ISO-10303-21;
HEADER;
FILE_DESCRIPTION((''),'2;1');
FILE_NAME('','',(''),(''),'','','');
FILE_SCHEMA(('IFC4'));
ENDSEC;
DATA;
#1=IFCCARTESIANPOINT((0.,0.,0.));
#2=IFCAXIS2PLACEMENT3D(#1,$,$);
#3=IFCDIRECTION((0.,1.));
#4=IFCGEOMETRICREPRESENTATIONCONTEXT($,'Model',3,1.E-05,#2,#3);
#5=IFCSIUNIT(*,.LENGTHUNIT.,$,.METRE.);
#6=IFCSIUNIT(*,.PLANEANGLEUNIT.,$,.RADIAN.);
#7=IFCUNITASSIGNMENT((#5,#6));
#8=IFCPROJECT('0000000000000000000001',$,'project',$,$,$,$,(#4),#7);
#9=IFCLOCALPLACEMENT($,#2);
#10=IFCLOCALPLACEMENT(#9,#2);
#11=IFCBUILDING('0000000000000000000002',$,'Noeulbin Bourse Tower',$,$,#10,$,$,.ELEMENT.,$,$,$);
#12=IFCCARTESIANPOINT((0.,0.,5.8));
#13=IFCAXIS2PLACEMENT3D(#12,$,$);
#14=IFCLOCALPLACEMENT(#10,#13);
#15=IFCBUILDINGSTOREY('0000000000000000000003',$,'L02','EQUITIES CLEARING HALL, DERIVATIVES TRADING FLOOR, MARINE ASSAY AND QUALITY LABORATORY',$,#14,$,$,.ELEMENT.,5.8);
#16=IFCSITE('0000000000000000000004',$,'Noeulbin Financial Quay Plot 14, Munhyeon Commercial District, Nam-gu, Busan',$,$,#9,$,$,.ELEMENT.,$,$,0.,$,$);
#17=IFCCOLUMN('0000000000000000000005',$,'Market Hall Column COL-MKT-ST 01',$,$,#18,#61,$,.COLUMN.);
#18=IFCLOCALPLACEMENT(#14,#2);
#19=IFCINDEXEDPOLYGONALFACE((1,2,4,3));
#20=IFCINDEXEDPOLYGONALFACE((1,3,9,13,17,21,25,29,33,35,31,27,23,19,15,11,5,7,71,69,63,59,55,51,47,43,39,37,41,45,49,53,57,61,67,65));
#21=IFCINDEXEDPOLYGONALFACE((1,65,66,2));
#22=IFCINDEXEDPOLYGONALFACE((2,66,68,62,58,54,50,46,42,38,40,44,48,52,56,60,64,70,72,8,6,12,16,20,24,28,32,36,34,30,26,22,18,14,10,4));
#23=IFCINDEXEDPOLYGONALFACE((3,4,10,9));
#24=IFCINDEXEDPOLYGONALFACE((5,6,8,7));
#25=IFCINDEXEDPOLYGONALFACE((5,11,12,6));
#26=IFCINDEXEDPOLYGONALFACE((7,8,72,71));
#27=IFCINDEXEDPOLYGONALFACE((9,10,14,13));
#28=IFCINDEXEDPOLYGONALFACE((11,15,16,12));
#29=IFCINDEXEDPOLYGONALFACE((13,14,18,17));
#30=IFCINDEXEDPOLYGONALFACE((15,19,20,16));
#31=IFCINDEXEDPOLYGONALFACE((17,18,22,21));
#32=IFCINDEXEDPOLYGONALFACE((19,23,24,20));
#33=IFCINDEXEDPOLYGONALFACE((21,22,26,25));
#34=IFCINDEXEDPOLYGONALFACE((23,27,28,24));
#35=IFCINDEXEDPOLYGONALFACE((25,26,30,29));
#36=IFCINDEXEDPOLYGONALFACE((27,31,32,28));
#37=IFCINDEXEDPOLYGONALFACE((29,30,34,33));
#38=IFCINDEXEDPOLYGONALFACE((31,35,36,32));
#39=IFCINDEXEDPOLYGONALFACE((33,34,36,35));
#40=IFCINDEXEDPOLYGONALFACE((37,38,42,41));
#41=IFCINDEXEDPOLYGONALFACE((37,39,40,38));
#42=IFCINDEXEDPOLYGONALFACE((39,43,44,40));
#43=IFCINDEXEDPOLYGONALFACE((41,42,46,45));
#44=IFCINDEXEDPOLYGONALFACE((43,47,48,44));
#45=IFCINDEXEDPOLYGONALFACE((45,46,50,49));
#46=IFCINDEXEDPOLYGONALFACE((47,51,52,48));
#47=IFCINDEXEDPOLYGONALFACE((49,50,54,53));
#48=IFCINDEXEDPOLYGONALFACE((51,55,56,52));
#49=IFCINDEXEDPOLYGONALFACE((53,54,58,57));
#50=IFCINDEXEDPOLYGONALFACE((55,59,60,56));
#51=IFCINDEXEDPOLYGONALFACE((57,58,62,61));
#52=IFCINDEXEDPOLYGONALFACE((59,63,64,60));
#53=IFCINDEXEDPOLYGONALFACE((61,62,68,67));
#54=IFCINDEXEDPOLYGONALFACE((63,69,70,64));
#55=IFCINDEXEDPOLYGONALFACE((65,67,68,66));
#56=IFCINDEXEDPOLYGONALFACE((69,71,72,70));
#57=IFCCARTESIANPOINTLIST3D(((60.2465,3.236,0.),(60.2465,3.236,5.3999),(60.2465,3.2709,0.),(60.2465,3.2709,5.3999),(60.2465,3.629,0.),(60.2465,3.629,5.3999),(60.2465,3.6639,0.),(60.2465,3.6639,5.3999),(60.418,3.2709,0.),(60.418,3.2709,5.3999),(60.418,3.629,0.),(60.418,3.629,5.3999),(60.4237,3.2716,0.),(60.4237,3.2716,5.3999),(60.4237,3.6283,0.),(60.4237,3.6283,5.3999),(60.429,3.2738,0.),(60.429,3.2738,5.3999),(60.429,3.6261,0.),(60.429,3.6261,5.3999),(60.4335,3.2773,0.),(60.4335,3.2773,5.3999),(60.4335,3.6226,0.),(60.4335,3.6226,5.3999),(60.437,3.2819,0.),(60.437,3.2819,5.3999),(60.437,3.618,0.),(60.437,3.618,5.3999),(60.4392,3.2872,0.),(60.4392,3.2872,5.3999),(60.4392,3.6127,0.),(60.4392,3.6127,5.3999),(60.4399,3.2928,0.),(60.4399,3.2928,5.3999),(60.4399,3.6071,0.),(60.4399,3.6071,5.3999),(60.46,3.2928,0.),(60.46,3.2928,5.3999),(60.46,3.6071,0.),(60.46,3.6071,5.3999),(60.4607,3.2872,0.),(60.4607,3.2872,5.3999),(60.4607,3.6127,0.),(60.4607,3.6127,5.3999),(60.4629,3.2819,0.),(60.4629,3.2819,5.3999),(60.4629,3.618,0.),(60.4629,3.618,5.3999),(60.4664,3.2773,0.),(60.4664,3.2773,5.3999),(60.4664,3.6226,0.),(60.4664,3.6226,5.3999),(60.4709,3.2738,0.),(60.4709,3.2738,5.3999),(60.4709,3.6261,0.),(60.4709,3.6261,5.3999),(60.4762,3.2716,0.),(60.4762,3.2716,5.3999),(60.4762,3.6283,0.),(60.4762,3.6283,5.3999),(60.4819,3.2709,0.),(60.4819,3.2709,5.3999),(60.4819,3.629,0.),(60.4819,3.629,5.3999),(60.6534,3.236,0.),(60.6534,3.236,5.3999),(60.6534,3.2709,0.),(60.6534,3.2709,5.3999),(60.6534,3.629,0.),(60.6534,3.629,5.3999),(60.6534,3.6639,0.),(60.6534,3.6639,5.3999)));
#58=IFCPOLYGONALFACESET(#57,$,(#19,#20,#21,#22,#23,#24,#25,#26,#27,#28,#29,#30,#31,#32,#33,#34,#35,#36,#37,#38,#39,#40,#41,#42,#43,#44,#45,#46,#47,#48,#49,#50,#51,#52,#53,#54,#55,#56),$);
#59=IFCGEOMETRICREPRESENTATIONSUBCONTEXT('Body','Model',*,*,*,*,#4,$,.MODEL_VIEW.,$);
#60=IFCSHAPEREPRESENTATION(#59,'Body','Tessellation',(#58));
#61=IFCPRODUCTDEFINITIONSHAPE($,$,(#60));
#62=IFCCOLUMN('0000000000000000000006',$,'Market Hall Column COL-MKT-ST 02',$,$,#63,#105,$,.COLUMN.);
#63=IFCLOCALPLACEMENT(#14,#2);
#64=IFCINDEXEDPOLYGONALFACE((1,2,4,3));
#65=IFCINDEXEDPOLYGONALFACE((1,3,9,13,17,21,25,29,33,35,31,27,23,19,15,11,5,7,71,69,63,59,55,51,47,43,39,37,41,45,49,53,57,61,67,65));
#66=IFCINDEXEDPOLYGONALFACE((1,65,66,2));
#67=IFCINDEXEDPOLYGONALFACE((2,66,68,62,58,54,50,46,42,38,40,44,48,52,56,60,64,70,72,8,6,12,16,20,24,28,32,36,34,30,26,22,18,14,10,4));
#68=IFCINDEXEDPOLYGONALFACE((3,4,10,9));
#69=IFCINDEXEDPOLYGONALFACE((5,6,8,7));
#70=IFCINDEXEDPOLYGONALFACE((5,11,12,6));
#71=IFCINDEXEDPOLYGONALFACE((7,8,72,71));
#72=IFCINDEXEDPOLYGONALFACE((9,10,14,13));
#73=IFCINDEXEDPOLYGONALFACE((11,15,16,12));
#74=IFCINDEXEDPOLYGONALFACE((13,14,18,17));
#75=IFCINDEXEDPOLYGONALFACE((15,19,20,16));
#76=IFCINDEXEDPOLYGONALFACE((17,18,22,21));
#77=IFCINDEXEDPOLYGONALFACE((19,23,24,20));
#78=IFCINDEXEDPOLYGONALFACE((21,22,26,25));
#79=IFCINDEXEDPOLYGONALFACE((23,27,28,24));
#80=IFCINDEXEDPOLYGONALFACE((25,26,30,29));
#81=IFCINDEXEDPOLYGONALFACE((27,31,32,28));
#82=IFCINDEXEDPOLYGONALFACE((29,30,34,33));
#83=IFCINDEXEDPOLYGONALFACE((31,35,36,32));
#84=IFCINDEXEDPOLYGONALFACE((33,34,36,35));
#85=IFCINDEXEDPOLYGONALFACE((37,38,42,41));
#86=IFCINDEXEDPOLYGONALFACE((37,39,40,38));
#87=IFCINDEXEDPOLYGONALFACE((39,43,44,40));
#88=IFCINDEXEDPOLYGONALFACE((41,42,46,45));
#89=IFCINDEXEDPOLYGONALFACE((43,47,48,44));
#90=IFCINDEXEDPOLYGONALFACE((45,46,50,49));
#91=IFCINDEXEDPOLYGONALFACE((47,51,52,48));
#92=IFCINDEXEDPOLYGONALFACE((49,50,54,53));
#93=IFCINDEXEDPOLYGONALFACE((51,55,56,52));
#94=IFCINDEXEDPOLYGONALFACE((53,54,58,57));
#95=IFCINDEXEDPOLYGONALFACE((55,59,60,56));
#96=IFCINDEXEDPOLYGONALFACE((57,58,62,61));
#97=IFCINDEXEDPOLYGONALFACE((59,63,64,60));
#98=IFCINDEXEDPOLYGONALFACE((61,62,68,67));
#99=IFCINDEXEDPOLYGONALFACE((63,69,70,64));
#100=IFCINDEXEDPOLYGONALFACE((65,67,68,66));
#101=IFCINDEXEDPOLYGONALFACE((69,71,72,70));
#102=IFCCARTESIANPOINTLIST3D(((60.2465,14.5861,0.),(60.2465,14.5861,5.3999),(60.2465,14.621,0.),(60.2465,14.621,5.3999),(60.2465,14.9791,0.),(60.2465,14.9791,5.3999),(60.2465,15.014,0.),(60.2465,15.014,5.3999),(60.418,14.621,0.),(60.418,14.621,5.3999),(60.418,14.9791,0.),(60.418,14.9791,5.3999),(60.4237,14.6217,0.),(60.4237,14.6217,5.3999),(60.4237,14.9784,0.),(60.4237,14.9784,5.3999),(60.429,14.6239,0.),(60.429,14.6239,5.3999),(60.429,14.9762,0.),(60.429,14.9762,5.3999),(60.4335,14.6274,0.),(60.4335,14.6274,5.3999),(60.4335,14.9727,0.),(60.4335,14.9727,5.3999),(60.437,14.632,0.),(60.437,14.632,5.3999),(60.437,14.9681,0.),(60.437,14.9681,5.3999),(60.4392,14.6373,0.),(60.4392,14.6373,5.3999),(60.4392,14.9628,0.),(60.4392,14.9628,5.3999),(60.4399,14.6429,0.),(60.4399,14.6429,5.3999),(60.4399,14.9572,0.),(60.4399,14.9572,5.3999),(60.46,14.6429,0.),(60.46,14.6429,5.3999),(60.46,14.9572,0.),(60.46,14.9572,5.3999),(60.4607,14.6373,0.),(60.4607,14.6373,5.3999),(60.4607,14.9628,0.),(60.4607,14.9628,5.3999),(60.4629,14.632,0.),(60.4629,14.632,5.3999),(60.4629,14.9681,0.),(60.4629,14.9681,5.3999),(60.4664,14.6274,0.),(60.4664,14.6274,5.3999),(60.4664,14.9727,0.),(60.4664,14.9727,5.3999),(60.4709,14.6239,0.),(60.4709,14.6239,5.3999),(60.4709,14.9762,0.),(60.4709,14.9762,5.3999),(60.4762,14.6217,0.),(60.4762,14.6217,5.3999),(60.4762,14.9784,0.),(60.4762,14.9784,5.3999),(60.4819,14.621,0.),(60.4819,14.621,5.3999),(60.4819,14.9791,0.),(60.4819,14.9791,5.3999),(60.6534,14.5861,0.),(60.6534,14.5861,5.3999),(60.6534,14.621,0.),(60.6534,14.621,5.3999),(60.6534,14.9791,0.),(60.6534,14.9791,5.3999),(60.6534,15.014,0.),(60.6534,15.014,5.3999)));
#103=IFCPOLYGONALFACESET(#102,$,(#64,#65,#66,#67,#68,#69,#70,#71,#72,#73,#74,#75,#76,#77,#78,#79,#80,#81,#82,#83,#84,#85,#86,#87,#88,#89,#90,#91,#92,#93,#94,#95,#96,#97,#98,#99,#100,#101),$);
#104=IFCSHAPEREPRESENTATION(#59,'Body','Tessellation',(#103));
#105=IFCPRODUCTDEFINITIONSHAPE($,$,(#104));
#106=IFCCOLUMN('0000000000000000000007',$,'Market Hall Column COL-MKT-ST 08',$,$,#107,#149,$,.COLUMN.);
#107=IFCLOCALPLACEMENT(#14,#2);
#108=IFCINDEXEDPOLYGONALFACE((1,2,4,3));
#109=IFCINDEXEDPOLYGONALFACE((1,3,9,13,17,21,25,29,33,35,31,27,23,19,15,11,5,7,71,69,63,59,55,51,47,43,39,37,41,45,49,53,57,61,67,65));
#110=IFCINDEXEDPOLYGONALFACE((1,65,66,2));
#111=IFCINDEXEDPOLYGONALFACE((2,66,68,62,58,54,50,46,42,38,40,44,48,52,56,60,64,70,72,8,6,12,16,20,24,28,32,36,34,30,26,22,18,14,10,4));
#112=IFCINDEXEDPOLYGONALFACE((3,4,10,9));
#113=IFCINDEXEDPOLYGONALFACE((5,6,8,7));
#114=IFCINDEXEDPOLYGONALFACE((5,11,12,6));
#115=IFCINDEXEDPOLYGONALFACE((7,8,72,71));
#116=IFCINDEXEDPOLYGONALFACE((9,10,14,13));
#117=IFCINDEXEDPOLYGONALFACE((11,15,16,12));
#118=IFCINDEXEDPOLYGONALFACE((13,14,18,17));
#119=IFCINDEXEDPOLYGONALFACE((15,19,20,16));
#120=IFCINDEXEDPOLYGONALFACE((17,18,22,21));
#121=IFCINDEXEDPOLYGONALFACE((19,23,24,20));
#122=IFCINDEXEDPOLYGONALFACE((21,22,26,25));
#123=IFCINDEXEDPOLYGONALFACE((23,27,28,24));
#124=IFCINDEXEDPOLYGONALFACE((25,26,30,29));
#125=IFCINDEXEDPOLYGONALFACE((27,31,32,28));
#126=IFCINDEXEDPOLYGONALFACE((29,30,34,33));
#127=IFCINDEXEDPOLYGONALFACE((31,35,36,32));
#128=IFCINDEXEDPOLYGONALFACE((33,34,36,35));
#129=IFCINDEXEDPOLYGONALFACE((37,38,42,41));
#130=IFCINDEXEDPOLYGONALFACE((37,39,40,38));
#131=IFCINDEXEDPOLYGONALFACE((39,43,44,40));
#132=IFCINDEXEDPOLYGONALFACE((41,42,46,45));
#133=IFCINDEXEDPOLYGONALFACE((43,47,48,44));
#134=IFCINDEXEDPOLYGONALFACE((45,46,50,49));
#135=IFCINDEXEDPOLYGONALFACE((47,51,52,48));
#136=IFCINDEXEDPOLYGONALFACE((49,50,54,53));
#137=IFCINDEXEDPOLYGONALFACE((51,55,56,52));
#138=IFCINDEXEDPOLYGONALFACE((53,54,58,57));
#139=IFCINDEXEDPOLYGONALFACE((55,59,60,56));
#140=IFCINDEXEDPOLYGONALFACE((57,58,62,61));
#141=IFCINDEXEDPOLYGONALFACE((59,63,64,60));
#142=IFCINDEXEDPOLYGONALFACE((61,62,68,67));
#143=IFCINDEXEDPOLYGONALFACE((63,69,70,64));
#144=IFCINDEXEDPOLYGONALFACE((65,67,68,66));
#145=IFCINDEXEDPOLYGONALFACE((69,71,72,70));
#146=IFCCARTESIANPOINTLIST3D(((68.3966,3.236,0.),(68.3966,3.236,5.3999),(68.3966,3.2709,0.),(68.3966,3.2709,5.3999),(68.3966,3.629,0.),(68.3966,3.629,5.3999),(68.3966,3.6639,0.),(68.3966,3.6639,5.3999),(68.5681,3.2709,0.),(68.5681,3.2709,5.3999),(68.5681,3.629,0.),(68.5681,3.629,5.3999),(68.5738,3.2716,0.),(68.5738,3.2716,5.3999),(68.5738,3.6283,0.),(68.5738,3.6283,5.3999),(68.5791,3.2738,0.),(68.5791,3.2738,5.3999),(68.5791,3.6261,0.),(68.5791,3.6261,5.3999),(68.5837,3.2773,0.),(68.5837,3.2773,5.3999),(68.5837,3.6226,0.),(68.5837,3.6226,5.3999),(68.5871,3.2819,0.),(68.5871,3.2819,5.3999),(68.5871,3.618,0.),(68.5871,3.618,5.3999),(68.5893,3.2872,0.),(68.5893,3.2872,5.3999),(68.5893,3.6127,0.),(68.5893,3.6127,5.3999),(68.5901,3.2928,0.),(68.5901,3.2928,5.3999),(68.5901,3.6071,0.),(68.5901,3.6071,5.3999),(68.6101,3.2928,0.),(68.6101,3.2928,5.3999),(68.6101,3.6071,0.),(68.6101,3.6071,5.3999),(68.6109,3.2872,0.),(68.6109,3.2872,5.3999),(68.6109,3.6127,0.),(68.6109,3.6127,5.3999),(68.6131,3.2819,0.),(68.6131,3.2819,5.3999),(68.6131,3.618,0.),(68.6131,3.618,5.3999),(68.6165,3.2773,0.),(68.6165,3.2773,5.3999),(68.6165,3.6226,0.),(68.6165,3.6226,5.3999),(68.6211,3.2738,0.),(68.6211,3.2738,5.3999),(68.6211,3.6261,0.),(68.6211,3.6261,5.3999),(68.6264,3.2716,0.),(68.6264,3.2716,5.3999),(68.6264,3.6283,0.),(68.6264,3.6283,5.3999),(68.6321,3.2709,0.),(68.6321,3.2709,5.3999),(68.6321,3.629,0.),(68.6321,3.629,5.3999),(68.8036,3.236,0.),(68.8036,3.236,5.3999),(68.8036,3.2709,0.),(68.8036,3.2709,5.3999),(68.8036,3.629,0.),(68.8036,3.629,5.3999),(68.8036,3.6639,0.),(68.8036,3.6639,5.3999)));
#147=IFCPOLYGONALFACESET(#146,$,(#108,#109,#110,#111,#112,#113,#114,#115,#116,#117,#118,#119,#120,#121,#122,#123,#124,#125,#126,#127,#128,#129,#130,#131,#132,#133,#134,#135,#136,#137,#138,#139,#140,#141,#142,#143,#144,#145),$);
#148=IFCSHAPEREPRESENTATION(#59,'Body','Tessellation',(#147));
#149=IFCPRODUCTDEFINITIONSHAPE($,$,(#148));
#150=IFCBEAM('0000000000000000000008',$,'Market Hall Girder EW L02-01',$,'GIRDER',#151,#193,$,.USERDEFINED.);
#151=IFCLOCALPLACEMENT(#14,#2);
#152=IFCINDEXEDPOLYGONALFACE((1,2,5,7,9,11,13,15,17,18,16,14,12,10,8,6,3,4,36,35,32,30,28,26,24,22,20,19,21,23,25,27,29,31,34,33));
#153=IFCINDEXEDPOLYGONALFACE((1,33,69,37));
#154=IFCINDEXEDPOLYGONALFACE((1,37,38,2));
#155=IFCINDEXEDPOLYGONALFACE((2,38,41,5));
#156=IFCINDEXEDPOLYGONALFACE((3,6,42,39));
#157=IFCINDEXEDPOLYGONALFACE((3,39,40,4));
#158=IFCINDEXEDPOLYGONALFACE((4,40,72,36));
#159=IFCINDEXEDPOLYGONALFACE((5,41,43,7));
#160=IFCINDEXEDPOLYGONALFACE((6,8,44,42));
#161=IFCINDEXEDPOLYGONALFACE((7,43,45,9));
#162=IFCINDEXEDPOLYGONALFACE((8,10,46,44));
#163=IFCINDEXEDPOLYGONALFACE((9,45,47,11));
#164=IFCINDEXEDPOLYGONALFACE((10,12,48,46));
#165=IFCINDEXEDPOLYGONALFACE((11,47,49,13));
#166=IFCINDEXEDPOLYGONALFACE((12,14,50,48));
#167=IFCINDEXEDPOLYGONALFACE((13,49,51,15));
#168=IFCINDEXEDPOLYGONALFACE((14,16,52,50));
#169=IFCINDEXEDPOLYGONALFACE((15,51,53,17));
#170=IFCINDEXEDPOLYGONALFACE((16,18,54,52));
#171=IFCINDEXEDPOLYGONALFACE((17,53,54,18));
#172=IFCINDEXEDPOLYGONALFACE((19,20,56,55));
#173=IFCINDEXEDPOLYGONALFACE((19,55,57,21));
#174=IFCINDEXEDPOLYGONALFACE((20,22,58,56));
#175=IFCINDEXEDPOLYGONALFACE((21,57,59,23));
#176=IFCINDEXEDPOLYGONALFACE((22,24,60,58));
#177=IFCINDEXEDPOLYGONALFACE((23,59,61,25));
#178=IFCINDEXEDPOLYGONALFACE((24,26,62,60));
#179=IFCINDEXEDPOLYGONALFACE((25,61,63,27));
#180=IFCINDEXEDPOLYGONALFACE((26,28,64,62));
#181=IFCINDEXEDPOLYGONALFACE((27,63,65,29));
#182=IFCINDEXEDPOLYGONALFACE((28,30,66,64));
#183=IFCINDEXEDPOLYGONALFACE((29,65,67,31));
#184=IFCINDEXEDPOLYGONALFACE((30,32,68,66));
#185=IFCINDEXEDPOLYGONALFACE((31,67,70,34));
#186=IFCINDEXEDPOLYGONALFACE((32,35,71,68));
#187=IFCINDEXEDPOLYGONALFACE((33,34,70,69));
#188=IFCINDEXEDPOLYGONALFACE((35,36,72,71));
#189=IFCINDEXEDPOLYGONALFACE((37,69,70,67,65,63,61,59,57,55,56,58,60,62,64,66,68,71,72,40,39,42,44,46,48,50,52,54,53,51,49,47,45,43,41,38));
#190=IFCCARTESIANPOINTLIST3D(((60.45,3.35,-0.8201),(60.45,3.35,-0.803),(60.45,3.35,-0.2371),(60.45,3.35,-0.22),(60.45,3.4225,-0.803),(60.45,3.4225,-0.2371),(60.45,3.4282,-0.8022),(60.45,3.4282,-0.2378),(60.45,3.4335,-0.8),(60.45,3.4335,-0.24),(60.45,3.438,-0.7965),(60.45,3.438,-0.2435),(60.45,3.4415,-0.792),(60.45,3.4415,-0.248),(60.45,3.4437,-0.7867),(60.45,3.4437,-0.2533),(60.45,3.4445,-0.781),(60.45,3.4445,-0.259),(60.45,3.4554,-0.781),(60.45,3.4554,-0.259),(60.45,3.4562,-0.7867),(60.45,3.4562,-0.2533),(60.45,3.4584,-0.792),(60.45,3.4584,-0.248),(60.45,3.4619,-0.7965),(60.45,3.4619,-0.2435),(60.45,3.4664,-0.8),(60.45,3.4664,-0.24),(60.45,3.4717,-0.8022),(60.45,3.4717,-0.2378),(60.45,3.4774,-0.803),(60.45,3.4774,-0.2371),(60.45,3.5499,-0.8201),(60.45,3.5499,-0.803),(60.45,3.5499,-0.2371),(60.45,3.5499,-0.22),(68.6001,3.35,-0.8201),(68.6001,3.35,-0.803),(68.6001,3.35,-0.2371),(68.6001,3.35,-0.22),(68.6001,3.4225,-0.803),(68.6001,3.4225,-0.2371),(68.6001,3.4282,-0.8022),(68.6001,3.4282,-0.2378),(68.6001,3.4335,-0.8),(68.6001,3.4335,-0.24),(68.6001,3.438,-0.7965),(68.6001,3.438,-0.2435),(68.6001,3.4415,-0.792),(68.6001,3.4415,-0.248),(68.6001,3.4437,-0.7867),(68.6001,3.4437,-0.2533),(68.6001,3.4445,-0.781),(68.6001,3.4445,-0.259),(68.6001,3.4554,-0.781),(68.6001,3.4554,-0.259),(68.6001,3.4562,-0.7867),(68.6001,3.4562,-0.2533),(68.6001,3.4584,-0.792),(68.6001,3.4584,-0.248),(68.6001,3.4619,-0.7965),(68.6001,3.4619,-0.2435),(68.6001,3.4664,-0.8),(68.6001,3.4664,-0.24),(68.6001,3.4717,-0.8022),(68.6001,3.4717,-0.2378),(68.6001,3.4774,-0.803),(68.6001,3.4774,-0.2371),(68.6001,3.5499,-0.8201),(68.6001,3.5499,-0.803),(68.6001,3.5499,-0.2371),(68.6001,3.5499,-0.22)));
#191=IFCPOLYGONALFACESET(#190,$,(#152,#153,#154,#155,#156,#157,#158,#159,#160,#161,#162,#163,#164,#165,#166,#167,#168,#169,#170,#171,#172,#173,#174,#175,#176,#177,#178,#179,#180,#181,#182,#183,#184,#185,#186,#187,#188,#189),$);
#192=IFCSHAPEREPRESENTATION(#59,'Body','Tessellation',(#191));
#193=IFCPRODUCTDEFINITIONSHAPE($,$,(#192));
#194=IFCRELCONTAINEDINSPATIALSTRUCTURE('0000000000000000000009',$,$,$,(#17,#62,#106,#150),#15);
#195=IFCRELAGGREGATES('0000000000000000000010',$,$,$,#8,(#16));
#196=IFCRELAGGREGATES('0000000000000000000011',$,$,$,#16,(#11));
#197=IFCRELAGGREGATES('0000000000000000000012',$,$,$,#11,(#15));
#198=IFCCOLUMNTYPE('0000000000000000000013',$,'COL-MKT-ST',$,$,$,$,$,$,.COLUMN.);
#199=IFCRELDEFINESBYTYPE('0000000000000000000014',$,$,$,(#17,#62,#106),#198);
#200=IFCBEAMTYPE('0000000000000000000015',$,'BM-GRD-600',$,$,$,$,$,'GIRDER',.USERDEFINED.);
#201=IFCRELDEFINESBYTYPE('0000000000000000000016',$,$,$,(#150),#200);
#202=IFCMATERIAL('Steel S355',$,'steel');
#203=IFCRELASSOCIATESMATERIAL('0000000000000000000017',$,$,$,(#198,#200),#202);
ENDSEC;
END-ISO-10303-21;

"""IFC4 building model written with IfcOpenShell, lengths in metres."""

from ifc_helpers import new_model, si_unit, direction, frame, origin, origin_2d, place, context, subcontext, project, spatial, i_section, extrude, material, material_profile, profile_set, type_object, element, save


model = new_model("IFC4")

# Units and contexts
model_context = context("Model", 3, precision=1e-05, world=origin(), true_north=direction((0.0, 1.0)))
body_context = subcontext(model_context, "Body", "Model", "MODEL_VIEW")
ifc_project = project(units=[si_unit("LENGTHUNIT", "METRE"), si_unit("PLANEANGLEUNIT", "RADIAN")], contexts=[model_context])

# Site, building, storey
site_placement = place(None, origin())
site = spatial("IfcSite", under=ifc_project, at=site_placement, Name="Noeulbin Financial Quay Plot 14, Munhyeon Commercial District, Nam-gu, Busan", CompositionType="ELEMENT", RefElevation=0.0)
building_placement = place(site_placement, origin())
building = spatial("IfcBuilding", under=site, at=building_placement, Name="Noeulbin Bourse Tower", CompositionType="ELEMENT")
storey_placement = place(building_placement, frame((0.0, 0.0, 5.8)))
storey = spatial("IfcBuildingStorey", under=building, at=storey_placement, Name="L02", Description="EQUITIES CLEARING HALL, DERIVATIVES TRADING FLOOR, MARINE ASSAY AND QUALITY LABORATORY", CompositionType="ELEMENT", Elevation=5.8)

# Columns
ifc_material_1 = material(Name="Steel S355", Category="steel")
ifc_material_profile_1 = material_profile(ifc_material_1, i_section(OverallWidth=0.407, OverallDepth=0.428, WebThickness=0.02, FlangeThickness=0.0349, FilletRadius=0.022, at=origin_2d()), Name="H-428x407x20x35", Category="LoadBearing")
ifc_profile_set_1 = profile_set([ifc_material_profile_1], Name="Steel S355")
column_type = type_object("IfcColumnType", Name="COL-MKT-ST", PredefinedType="COLUMN", material=ifc_profile_set_1)
for number, where, z_axis, x_axis, name in (
    (1, (60.45, 3.45, 0.0), (0.0, 0.0, 1.0), (1.0, 0.0, 0.0), "Market Hall Column COL-MKT-ST 01"),
    (2, (60.45, 14.8, 0.0), (0.0, 0.0, 1.0), (1.0, 0.0, 0.0), "Market Hall Column COL-MKT-ST 02"),
    (3, (68.6001, 3.45, 0.0), (0.0, 0.0, 1.0), (1.0, 0.0, 0.0), "Market Hall Column COL-MKT-ST 08"),
):
    element("IfcColumn", number, at=place(storey_placement, frame(where, z_axis=z_axis, x_axis=x_axis)), inside=storey, type_object=column_type, Name=name, PredefinedType="COLUMN", context=body_context, shape_type="SweptSolid", body=[
        extrude(i_section(OverallWidth=0.407, OverallDepth=0.428, WebThickness=0.02, FlangeThickness=0.0349, FilletRadius=0.022, at=origin_2d()), origin(), (0.0, 0.0, 1.0), 5.3999),
    ])

# Beam
ifc_material_profile_2 = material_profile(ifc_material_1, i_section(OverallWidth=0.2, OverallDepth=0.6001, WebThickness=0.011, FlangeThickness=0.0171, FilletRadius=0.022, at=origin_2d()), Name="H-600x200x11x17", Category="LoadBearing")
ifc_profile_set_2 = profile_set([ifc_material_profile_2], Name="Steel S355")
beam_type_1 = type_object("IfcBeamType", Name="BM-GRD-600", ElementType="GIRDER", PredefinedType="USERDEFINED", material=ifc_profile_set_2)
beam_1_placement = place(storey_placement, frame((60.45, 3.45, -0.52), z_axis=(1.0, 0.0, 0.0), x_axis=(0.0, 1.0, 0.0)))
element("IfcBeam", 4, at=beam_1_placement, inside=storey, type_object=beam_type_1, Name="Market Hall Girder EW L02-01", ObjectType="GIRDER", PredefinedType="USERDEFINED", context=body_context, shape_type="SweptSolid", body=[
    extrude(i_section(OverallWidth=0.2, OverallDepth=0.6001, WebThickness=0.011, FlangeThickness=0.0171, FilletRadius=0.022, at=origin_2d()), origin(), (0.0, 0.0, 1.0), 8.1501),
])

save(model, "model.ifc")
